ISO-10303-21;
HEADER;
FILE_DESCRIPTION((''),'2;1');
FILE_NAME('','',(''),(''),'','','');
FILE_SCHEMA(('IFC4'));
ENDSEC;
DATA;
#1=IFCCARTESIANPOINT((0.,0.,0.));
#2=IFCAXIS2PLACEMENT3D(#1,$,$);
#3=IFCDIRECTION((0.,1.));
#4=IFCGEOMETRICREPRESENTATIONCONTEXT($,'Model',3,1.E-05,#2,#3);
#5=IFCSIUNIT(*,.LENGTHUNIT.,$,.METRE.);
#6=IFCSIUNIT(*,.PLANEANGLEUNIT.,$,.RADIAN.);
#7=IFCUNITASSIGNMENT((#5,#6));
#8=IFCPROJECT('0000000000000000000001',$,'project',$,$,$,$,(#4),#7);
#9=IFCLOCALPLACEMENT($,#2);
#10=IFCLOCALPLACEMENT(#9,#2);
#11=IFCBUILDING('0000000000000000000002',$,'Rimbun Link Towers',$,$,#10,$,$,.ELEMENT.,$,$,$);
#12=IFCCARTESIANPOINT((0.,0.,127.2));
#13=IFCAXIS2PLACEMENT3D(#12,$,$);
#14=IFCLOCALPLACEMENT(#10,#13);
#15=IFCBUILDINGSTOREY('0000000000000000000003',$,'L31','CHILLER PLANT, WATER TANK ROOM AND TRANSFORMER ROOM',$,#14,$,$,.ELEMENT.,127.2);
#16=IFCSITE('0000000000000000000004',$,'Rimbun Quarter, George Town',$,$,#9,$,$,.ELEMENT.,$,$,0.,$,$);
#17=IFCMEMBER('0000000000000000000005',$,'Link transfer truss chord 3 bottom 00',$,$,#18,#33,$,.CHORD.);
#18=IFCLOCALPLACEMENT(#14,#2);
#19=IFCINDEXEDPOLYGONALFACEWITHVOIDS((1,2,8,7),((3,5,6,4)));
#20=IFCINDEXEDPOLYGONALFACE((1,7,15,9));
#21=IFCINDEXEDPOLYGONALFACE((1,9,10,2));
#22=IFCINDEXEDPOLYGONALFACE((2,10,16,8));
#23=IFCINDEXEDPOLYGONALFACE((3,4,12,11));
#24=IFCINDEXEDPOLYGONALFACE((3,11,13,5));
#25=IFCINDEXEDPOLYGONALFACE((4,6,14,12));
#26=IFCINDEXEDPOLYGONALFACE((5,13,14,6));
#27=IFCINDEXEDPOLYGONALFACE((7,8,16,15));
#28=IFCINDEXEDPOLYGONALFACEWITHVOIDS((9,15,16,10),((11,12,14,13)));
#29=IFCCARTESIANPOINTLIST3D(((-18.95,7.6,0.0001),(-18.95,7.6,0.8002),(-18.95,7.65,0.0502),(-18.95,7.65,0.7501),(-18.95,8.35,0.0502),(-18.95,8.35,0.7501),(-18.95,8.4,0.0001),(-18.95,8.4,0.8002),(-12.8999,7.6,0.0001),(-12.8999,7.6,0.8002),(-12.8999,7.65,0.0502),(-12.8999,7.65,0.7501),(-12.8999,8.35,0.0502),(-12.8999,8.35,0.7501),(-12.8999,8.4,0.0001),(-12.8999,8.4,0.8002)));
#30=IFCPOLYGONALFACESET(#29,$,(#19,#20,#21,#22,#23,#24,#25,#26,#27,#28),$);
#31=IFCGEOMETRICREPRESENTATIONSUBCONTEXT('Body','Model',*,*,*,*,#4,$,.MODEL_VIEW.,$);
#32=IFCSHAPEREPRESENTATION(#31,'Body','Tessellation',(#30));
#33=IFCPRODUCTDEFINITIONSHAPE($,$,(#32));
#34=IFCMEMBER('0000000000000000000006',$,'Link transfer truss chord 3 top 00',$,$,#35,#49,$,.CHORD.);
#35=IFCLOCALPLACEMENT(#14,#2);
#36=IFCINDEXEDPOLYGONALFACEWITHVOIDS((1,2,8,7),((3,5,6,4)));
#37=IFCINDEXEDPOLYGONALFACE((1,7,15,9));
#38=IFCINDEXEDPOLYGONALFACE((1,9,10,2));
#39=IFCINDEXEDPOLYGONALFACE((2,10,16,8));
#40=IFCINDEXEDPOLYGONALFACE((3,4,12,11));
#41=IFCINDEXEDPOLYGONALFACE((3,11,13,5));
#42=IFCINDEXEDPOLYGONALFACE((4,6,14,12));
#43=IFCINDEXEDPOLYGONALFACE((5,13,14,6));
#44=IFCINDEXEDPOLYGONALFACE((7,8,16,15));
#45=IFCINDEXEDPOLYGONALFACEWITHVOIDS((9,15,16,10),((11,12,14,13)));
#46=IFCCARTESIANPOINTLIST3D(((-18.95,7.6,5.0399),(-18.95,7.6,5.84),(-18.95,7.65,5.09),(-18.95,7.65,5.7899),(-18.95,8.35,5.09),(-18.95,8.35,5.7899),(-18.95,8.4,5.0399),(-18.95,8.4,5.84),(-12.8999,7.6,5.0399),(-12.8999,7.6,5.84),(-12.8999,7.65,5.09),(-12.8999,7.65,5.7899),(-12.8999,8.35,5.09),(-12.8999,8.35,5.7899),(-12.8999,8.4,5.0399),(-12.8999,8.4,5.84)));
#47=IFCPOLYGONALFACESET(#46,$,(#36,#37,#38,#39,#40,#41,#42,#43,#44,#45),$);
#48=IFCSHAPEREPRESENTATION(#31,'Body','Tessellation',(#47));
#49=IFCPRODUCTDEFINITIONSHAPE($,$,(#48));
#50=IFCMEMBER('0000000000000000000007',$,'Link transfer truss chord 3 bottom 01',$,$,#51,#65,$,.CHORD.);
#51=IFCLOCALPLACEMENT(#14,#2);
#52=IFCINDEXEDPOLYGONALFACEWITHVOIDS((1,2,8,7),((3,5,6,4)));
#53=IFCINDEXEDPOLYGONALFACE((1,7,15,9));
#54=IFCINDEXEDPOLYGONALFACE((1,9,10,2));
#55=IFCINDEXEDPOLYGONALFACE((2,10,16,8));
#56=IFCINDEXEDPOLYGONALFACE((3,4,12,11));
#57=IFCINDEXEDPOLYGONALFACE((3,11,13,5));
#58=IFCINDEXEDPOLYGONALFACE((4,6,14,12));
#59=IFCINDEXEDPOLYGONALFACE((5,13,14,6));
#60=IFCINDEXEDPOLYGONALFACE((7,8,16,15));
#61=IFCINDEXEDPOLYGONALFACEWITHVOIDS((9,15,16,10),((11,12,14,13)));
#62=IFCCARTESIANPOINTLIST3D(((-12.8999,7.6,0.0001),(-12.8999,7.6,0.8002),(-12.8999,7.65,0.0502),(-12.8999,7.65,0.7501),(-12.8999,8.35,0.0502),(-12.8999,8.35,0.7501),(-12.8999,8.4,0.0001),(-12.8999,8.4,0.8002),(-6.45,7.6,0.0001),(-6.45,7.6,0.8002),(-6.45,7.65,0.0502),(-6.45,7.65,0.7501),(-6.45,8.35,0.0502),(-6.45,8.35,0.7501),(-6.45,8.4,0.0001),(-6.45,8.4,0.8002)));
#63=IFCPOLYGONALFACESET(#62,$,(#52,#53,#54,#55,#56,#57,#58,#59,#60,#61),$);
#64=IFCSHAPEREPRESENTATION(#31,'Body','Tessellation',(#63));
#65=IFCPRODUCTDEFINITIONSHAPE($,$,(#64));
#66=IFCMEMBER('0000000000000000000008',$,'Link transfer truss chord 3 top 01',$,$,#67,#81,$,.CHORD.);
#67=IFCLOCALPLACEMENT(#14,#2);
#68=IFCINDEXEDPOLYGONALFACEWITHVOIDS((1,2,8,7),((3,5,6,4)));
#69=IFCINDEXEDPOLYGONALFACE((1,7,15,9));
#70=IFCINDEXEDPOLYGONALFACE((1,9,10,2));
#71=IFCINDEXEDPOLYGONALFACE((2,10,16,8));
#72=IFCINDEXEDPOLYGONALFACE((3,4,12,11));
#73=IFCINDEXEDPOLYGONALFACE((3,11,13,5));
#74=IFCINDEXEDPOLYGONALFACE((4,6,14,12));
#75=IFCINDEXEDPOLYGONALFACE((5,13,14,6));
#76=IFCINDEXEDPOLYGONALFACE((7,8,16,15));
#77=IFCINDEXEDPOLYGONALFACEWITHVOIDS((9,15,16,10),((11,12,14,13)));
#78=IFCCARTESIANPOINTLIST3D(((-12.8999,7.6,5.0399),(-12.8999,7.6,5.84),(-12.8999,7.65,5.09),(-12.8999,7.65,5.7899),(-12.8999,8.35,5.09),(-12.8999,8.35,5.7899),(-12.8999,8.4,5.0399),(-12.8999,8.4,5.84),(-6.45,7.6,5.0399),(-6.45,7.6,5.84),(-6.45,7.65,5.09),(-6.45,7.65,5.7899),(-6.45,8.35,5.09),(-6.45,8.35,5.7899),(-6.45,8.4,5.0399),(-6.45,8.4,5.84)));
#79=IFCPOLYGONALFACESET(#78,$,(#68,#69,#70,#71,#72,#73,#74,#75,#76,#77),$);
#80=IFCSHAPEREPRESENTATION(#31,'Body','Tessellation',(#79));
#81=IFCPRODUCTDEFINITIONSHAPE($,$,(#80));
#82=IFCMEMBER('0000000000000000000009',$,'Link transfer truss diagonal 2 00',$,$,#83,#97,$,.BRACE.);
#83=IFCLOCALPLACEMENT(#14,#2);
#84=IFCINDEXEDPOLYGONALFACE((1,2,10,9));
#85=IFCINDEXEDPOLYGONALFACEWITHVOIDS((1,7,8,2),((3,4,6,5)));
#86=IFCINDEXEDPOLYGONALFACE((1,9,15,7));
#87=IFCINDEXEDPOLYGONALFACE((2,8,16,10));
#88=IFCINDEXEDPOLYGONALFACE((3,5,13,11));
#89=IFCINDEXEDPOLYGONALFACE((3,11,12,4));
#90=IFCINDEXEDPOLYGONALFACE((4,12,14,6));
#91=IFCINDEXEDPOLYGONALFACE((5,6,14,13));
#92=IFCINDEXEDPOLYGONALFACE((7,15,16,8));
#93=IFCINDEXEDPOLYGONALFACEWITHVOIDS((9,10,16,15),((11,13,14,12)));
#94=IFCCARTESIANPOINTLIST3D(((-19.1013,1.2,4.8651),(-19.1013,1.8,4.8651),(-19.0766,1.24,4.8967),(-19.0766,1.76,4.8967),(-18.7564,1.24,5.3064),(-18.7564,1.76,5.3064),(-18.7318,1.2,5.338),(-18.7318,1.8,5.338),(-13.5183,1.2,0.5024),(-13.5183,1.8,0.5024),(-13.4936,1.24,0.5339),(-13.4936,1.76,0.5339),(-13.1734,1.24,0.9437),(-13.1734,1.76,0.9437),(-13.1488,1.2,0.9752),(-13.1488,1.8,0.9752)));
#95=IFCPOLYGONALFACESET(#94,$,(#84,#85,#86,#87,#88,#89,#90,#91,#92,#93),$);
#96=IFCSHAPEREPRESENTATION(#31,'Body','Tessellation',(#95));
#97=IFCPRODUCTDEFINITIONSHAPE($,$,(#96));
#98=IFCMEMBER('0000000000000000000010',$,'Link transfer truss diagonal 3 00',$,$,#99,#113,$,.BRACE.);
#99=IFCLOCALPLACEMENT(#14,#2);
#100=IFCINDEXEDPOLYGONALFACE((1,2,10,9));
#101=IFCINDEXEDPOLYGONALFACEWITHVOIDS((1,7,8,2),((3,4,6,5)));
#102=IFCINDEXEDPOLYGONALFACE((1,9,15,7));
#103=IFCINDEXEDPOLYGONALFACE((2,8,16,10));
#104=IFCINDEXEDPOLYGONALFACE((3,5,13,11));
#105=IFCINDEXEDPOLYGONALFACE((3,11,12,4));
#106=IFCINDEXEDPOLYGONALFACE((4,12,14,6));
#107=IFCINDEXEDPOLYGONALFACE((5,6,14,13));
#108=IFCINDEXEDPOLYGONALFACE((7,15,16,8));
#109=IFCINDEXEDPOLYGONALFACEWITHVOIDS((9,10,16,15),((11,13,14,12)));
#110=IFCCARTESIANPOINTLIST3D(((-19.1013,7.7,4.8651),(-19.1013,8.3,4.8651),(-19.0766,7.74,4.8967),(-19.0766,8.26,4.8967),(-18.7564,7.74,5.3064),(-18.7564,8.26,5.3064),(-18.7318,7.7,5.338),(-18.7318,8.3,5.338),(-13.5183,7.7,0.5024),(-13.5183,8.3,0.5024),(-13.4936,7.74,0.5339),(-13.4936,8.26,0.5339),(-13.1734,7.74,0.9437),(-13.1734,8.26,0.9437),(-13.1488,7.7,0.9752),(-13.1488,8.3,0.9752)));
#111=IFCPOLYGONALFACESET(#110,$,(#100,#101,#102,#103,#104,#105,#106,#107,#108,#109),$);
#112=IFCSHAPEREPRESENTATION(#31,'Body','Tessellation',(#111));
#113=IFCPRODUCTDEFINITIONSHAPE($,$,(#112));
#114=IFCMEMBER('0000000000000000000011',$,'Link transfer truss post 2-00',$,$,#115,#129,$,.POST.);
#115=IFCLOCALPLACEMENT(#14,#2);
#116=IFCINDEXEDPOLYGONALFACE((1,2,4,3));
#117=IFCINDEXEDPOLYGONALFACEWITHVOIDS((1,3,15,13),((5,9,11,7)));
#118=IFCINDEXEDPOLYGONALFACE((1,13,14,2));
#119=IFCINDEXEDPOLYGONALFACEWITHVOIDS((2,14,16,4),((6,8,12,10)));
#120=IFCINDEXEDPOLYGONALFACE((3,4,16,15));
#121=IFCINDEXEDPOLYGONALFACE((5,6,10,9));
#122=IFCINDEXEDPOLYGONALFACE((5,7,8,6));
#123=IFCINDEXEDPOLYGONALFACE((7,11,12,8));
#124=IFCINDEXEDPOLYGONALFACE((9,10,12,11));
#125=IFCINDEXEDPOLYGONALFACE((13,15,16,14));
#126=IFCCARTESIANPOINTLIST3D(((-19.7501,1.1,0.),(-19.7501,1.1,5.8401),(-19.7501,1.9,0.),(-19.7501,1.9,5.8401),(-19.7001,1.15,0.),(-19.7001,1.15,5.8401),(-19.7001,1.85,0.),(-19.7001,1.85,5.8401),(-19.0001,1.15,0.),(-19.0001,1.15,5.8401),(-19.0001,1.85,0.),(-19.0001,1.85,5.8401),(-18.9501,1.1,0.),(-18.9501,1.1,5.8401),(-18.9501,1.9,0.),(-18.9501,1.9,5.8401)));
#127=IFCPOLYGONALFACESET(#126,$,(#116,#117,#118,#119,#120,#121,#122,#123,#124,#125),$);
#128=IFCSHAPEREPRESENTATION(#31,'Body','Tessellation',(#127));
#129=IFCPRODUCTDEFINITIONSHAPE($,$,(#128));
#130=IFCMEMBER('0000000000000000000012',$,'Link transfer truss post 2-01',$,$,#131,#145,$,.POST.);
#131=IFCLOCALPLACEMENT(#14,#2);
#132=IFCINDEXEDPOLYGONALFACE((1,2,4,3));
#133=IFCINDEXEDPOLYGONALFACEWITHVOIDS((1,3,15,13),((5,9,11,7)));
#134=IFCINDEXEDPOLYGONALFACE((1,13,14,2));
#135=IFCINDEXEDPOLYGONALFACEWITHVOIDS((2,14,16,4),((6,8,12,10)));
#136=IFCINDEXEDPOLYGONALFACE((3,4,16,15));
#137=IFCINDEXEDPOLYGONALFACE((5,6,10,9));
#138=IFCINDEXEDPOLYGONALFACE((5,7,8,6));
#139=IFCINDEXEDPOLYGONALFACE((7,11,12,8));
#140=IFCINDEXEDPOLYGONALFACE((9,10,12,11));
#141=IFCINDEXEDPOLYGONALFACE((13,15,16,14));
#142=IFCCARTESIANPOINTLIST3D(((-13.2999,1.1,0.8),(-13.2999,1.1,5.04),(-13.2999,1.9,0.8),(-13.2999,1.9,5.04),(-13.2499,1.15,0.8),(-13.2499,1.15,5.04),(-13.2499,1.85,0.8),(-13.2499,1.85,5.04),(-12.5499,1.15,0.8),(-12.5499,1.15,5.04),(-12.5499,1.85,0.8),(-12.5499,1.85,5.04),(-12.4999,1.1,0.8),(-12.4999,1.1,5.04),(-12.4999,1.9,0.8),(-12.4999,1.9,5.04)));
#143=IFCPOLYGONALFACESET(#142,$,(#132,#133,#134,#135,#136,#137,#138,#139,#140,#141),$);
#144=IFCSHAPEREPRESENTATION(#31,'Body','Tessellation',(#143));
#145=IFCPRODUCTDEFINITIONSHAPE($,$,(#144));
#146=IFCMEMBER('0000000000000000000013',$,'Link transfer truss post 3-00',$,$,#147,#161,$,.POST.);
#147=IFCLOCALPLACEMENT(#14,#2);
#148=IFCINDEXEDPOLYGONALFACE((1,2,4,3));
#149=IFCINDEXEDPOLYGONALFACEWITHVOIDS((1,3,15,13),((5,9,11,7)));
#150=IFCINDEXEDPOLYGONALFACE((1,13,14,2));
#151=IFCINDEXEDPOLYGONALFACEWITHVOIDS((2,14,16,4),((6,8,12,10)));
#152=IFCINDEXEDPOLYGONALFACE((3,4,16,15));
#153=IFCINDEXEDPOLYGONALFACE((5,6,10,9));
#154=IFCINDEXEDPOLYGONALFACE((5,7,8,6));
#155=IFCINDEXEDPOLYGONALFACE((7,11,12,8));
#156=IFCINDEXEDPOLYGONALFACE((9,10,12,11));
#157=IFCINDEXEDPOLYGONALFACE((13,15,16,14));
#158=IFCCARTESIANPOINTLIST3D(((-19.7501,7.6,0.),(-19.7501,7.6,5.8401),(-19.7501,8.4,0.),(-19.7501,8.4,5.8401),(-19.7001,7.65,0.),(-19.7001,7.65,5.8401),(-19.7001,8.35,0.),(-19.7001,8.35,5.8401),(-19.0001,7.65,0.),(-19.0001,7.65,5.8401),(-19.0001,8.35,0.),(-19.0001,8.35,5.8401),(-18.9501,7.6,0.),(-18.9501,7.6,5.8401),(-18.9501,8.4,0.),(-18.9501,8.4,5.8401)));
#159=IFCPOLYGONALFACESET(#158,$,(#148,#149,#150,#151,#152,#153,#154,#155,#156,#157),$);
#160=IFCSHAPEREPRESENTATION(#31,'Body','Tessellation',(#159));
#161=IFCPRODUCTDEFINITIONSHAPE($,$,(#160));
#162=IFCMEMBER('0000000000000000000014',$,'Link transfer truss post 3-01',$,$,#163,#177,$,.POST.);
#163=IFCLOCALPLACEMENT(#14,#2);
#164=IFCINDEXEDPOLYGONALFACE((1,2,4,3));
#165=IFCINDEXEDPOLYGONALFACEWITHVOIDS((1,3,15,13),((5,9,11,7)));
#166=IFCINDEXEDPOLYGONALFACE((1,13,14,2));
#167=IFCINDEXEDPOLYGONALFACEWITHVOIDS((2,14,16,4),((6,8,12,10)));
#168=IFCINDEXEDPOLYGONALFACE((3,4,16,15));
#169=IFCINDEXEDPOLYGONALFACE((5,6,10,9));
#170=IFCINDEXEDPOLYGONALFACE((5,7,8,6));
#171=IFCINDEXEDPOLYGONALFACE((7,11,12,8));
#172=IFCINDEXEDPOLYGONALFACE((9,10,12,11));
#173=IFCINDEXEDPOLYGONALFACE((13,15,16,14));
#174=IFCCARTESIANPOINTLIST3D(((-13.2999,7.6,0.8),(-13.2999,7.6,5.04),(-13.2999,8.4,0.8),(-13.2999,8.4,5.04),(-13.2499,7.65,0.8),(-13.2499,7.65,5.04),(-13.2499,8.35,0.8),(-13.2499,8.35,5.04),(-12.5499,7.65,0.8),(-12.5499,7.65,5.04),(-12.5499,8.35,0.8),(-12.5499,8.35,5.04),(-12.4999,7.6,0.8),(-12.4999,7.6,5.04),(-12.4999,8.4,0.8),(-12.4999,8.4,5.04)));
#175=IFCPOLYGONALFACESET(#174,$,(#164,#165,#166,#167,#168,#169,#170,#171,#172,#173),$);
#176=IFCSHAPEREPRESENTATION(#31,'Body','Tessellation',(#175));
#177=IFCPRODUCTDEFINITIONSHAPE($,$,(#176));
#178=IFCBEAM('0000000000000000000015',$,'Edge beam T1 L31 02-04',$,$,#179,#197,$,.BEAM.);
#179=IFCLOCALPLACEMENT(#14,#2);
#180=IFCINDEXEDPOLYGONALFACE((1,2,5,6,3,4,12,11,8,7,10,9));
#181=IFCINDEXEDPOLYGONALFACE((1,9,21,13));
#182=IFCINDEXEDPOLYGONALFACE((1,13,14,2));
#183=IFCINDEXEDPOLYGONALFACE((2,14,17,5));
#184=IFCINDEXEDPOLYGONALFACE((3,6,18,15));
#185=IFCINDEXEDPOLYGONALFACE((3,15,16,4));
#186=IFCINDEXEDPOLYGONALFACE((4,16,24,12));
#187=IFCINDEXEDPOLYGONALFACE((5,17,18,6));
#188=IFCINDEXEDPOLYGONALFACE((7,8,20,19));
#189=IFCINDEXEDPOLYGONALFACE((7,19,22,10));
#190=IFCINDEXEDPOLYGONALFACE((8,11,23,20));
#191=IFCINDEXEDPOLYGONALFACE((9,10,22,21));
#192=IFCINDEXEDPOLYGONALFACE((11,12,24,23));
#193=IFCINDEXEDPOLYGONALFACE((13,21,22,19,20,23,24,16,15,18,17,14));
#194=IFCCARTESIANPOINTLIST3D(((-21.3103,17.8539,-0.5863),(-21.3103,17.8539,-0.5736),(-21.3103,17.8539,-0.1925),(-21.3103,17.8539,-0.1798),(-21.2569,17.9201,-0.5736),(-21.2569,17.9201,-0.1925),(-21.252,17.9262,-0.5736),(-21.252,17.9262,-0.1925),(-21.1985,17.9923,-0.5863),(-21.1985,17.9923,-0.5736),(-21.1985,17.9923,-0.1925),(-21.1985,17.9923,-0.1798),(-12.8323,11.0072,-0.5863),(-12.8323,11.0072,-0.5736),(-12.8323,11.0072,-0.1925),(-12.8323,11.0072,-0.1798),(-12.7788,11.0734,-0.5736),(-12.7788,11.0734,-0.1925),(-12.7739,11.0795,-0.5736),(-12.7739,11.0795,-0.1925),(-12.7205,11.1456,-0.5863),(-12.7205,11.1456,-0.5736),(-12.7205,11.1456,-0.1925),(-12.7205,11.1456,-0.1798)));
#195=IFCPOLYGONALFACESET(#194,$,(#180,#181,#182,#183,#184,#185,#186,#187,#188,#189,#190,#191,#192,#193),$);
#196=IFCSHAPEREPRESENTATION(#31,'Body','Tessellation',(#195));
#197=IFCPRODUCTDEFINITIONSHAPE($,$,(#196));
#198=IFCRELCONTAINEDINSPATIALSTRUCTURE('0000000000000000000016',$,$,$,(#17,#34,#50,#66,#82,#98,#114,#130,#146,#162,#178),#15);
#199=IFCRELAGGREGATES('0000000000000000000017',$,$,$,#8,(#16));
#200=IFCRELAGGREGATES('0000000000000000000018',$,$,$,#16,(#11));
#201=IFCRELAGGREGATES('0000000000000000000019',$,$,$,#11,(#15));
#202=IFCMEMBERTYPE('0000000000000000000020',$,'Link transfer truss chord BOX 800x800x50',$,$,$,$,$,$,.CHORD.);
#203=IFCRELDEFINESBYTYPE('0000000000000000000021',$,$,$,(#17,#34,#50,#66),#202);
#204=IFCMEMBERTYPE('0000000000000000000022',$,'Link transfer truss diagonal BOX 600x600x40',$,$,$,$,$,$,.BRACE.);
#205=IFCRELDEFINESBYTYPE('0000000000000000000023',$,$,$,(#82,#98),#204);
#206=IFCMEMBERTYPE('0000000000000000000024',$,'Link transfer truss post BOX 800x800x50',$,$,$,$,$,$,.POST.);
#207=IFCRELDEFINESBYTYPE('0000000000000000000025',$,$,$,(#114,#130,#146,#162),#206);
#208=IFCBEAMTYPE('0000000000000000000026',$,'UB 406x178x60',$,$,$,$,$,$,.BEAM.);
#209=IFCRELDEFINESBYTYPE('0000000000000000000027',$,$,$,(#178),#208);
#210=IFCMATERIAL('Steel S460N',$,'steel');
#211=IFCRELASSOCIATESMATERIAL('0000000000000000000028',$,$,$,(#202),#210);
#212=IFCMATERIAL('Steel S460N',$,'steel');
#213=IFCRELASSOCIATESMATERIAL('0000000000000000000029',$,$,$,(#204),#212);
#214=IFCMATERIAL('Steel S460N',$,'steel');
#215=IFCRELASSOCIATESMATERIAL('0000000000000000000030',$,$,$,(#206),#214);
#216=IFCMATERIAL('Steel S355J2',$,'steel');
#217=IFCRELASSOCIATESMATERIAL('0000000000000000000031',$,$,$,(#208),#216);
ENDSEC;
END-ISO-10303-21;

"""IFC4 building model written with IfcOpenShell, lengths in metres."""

from ifc_helpers import new_model, si_unit, direction, frame, origin, origin_2d, place, context, subcontext, project, spatial, hollow_rectangle, i_section, extrude, material, material_profile, profile_set, type_object, element, save


model = new_model("IFC4")

# Units and contexts
model_context = context("Model", 3, precision=1e-05, world=origin(), true_north=direction((0.0, 1.0)))
body_context = subcontext(model_context, "Body", "Model", "MODEL_VIEW")
ifc_project = project(units=[si_unit("LENGTHUNIT", "METRE"), si_unit("PLANEANGLEUNIT", "RADIAN")], contexts=[model_context])

# Site, building, storey
site_placement = place(None, origin())
site = spatial("IfcSite", under=ifc_project, at=site_placement, Name="Rimbun Quarter, George Town", CompositionType="ELEMENT", RefElevation=0.0)
building_placement = place(site_placement, origin())
building = spatial("IfcBuilding", under=site, at=building_placement, Name="Rimbun Link Towers", CompositionType="ELEMENT")
storey_placement = place(building_placement, frame((0.0, 0.0, 127.2)))
storey = spatial("IfcBuildingStorey", under=building, at=storey_placement, Name="L31", Description="CHILLER PLANT, WATER TANK ROOM AND TRANSFORMER ROOM", CompositionType="ELEMENT", Elevation=127.2)

# Members
ifc_material_1 = material(Name="Steel S460N", Category="steel")
ifc_material_profile_1 = material_profile(ifc_material_1, hollow_rectangle(XDim=0.8, YDim=0.8, WallThickness=0.05, at=origin_2d()), Name="Link transfer truss chord BOX 800x800x50")
ifc_profile_set_1 = profile_set([ifc_material_profile_1], Name="Steel S460N")
member_type_1 = type_object("IfcMemberType", Name="Link transfer truss chord BOX 800x800x50", PredefinedType="CHORD", material=ifc_profile_set_1)
for number, where, z_axis, x_axis, name in (
    (1, (-18.95, 8.0, 0.4001), (1.0, 0.0, 0.0), (0.0, 1.0, 0.0), "Link transfer truss chord 3 bottom 00"),
    (2, (-18.95, 8.0, 5.4399), (1.0, 0.0, 0.0), (0.0, 1.0, 0.0), "Link transfer truss chord 3 top 00"),
):
    element("IfcMember", number, at=place(storey_placement, frame(where, z_axis=z_axis, x_axis=x_axis)), inside=storey, type_object=member_type_1, Name=name, PredefinedType="CHORD", context=body_context, shape_type="SweptSolid", body=[
        extrude(hollow_rectangle(XDim=0.8, YDim=0.8, WallThickness=0.05, at=origin_2d()), origin(), (0.0, 0.0, 1.0), 6.05),
    ])
for number, where, z_axis, x_axis, name in (
    (3, (-12.8999, 8.0, 0.4001), (1.0, 0.0, 0.0), (0.0, 1.0, 0.0), "Link transfer truss chord 3 bottom 01"),
    (4, (-12.8999, 8.0, 5.4399), (1.0, 0.0, 0.0), (0.0, 1.0, 0.0), "Link transfer truss chord 3 top 01"),
):
    element("IfcMember", number, at=place(storey_placement, frame(where, z_axis=z_axis, x_axis=x_axis)), inside=storey, type_object=member_type_1, Name=name, PredefinedType="CHORD", context=body_context, shape_type="SweptSolid", body=[
        extrude(hollow_rectangle(XDim=0.8, YDim=0.8, WallThickness=0.05, at=origin_2d()), origin(), (0.0, 0.0, 1.0), 6.45),
    ])
ifc_material_2 = material(Name="Steel S460N", Category="steel")
ifc_material_profile_2 = material_profile(ifc_material_2, hollow_rectangle(XDim=0.6001, YDim=0.6001, WallThickness=0.04, at=origin_2d()), Name="Link transfer truss diagonal BOX 600x600x40")
ifc_profile_set_2 = profile_set([ifc_material_profile_2], Name="Steel S460N")
member_type_2 = type_object("IfcMemberType", Name="Link transfer truss diagonal BOX 600x600x40", PredefinedType="BRACE", material=ifc_profile_set_2)
for number, where, z_axis, x_axis, name in (
    (5, (-18.9165, 1.5, 5.1016), (0.787951, 0.0, -0.615738), (0.0, 1.0, 0.0), "Link transfer truss diagonal 2 00"),
    (6, (-18.9165, 8.0, 5.1016), (0.787951, 0.0, -0.615738), (0.0, 1.0, 0.0), "Link transfer truss diagonal 3 00"),
):
    element("IfcMember", number, at=place(storey_placement, frame(where, z_axis=z_axis, x_axis=x_axis)), inside=storey, type_object=member_type_2, Name=name, PredefinedType="BRACE", context=body_context, shape_type="SweptSolid", body=[
        extrude(hollow_rectangle(XDim=0.6001, YDim=0.6001, WallThickness=0.04, at=origin_2d()), origin(), (0.0, 0.0, 1.0), 7.0854),
    ])
ifc_material_3 = material(Name="Steel S460N", Category="steel")
ifc_material_profile_3 = material_profile(ifc_material_3, hollow_rectangle(XDim=0.8, YDim=0.8, WallThickness=0.05, at=origin_2d()), Name="Link transfer truss post BOX 800x800x50")
ifc_profile_set_3 = profile_set([ifc_material_profile_3], Name="Steel S460N")
member_type_3 = type_object("IfcMemberType", Name="Link transfer truss post BOX 800x800x50", PredefinedType="POST", material=ifc_profile_set_3)
member_1_placement = place(storey_placement, frame((-19.3501, 1.5, 0.0), z_axis=(0.0, 0.0, 1.0), x_axis=(1.0, 0.0, 0.0)))
element("IfcMember", 7, at=member_1_placement, inside=storey, type_object=member_type_3, Name="Link transfer truss post 2-00", PredefinedType="POST", context=body_context, shape_type="SweptSolid", body=[
    extrude(hollow_rectangle(XDim=0.8, YDim=0.8, WallThickness=0.05, at=origin_2d()), origin(), (0.0, 0.0, 1.0), 5.8401),
])
member_2_placement = place(storey_placement, frame((-12.8999, 1.5, 0.8), z_axis=(0.0, 0.0, 1.0), x_axis=(1.0, 0.0, 0.0)))
element("IfcMember", 8, at=member_2_placement, inside=storey, type_object=member_type_3, Name="Link transfer truss post 2-01", PredefinedType="POST", context=body_context, shape_type="SweptSolid", body=[
    extrude(hollow_rectangle(XDim=0.8, YDim=0.8, WallThickness=0.05, at=origin_2d()), origin(), (0.0, 0.0, 1.0), 4.24),
])
member_3_placement = place(storey_placement, frame((-19.3501, 8.0, 0.0), z_axis=(0.0, 0.0, 1.0), x_axis=(1.0, 0.0, 0.0)))
element("IfcMember", 9, at=member_3_placement, inside=storey, type_object=member_type_3, Name="Link transfer truss post 3-00", PredefinedType="POST", context=body_context, shape_type="SweptSolid", body=[
    extrude(hollow_rectangle(XDim=0.8, YDim=0.8, WallThickness=0.05, at=origin_2d()), origin(), (0.0, 0.0, 1.0), 5.8401),
])
member_4_placement = place(storey_placement, frame((-12.8999, 8.0, 0.8), z_axis=(0.0, 0.0, 1.0), x_axis=(1.0, 0.0, 0.0)))
element("IfcMember", 10, at=member_4_placement, inside=storey, type_object=member_type_3, Name="Link transfer truss post 3-01", PredefinedType="POST", context=body_context, shape_type="SweptSolid", body=[
    extrude(hollow_rectangle(XDim=0.8, YDim=0.8, WallThickness=0.05, at=origin_2d()), origin(), (0.0, 0.0, 1.0), 4.24),
])

# Beam
ifc_material_4 = material(Name="Steel S355J2", Category="steel")
ifc_material_profile_4 = material_profile(ifc_material_4, i_section(OverallWidth=0.178, OverallDepth=0.4065, WebThickness=0.0078, FlangeThickness=0.0127, at=origin_2d()), Name="UB 406x178x60")
ifc_profile_set_4 = profile_set([ifc_material_profile_4], Name="Steel S355J2")
beam_type_1 = type_object("IfcBeamType", Name="UB 406x178x60", PredefinedType="BEAM", material=ifc_profile_set_4)
beam_1_placement = place(storey_placement, frame((-12.7764, 11.0764, -0.3831), z_axis=(-0.777984, 0.628284, 0.0), x_axis=(-0.628284, -0.777984, 0.0)))
element("IfcBeam", 11, at=beam_1_placement, inside=storey, type_object=beam_type_1, Name="Edge beam T1 L31 02-04", PredefinedType="BEAM", context=body_context, shape_type="SweptSolid", body=[
    extrude(i_section(OverallWidth=0.178, OverallDepth=0.4065, WebThickness=0.0078, FlangeThickness=0.0127, at=origin_2d()), origin(), (0.0, 0.0, 1.0), 10.8975),
])

save(model, "model.ifc")
